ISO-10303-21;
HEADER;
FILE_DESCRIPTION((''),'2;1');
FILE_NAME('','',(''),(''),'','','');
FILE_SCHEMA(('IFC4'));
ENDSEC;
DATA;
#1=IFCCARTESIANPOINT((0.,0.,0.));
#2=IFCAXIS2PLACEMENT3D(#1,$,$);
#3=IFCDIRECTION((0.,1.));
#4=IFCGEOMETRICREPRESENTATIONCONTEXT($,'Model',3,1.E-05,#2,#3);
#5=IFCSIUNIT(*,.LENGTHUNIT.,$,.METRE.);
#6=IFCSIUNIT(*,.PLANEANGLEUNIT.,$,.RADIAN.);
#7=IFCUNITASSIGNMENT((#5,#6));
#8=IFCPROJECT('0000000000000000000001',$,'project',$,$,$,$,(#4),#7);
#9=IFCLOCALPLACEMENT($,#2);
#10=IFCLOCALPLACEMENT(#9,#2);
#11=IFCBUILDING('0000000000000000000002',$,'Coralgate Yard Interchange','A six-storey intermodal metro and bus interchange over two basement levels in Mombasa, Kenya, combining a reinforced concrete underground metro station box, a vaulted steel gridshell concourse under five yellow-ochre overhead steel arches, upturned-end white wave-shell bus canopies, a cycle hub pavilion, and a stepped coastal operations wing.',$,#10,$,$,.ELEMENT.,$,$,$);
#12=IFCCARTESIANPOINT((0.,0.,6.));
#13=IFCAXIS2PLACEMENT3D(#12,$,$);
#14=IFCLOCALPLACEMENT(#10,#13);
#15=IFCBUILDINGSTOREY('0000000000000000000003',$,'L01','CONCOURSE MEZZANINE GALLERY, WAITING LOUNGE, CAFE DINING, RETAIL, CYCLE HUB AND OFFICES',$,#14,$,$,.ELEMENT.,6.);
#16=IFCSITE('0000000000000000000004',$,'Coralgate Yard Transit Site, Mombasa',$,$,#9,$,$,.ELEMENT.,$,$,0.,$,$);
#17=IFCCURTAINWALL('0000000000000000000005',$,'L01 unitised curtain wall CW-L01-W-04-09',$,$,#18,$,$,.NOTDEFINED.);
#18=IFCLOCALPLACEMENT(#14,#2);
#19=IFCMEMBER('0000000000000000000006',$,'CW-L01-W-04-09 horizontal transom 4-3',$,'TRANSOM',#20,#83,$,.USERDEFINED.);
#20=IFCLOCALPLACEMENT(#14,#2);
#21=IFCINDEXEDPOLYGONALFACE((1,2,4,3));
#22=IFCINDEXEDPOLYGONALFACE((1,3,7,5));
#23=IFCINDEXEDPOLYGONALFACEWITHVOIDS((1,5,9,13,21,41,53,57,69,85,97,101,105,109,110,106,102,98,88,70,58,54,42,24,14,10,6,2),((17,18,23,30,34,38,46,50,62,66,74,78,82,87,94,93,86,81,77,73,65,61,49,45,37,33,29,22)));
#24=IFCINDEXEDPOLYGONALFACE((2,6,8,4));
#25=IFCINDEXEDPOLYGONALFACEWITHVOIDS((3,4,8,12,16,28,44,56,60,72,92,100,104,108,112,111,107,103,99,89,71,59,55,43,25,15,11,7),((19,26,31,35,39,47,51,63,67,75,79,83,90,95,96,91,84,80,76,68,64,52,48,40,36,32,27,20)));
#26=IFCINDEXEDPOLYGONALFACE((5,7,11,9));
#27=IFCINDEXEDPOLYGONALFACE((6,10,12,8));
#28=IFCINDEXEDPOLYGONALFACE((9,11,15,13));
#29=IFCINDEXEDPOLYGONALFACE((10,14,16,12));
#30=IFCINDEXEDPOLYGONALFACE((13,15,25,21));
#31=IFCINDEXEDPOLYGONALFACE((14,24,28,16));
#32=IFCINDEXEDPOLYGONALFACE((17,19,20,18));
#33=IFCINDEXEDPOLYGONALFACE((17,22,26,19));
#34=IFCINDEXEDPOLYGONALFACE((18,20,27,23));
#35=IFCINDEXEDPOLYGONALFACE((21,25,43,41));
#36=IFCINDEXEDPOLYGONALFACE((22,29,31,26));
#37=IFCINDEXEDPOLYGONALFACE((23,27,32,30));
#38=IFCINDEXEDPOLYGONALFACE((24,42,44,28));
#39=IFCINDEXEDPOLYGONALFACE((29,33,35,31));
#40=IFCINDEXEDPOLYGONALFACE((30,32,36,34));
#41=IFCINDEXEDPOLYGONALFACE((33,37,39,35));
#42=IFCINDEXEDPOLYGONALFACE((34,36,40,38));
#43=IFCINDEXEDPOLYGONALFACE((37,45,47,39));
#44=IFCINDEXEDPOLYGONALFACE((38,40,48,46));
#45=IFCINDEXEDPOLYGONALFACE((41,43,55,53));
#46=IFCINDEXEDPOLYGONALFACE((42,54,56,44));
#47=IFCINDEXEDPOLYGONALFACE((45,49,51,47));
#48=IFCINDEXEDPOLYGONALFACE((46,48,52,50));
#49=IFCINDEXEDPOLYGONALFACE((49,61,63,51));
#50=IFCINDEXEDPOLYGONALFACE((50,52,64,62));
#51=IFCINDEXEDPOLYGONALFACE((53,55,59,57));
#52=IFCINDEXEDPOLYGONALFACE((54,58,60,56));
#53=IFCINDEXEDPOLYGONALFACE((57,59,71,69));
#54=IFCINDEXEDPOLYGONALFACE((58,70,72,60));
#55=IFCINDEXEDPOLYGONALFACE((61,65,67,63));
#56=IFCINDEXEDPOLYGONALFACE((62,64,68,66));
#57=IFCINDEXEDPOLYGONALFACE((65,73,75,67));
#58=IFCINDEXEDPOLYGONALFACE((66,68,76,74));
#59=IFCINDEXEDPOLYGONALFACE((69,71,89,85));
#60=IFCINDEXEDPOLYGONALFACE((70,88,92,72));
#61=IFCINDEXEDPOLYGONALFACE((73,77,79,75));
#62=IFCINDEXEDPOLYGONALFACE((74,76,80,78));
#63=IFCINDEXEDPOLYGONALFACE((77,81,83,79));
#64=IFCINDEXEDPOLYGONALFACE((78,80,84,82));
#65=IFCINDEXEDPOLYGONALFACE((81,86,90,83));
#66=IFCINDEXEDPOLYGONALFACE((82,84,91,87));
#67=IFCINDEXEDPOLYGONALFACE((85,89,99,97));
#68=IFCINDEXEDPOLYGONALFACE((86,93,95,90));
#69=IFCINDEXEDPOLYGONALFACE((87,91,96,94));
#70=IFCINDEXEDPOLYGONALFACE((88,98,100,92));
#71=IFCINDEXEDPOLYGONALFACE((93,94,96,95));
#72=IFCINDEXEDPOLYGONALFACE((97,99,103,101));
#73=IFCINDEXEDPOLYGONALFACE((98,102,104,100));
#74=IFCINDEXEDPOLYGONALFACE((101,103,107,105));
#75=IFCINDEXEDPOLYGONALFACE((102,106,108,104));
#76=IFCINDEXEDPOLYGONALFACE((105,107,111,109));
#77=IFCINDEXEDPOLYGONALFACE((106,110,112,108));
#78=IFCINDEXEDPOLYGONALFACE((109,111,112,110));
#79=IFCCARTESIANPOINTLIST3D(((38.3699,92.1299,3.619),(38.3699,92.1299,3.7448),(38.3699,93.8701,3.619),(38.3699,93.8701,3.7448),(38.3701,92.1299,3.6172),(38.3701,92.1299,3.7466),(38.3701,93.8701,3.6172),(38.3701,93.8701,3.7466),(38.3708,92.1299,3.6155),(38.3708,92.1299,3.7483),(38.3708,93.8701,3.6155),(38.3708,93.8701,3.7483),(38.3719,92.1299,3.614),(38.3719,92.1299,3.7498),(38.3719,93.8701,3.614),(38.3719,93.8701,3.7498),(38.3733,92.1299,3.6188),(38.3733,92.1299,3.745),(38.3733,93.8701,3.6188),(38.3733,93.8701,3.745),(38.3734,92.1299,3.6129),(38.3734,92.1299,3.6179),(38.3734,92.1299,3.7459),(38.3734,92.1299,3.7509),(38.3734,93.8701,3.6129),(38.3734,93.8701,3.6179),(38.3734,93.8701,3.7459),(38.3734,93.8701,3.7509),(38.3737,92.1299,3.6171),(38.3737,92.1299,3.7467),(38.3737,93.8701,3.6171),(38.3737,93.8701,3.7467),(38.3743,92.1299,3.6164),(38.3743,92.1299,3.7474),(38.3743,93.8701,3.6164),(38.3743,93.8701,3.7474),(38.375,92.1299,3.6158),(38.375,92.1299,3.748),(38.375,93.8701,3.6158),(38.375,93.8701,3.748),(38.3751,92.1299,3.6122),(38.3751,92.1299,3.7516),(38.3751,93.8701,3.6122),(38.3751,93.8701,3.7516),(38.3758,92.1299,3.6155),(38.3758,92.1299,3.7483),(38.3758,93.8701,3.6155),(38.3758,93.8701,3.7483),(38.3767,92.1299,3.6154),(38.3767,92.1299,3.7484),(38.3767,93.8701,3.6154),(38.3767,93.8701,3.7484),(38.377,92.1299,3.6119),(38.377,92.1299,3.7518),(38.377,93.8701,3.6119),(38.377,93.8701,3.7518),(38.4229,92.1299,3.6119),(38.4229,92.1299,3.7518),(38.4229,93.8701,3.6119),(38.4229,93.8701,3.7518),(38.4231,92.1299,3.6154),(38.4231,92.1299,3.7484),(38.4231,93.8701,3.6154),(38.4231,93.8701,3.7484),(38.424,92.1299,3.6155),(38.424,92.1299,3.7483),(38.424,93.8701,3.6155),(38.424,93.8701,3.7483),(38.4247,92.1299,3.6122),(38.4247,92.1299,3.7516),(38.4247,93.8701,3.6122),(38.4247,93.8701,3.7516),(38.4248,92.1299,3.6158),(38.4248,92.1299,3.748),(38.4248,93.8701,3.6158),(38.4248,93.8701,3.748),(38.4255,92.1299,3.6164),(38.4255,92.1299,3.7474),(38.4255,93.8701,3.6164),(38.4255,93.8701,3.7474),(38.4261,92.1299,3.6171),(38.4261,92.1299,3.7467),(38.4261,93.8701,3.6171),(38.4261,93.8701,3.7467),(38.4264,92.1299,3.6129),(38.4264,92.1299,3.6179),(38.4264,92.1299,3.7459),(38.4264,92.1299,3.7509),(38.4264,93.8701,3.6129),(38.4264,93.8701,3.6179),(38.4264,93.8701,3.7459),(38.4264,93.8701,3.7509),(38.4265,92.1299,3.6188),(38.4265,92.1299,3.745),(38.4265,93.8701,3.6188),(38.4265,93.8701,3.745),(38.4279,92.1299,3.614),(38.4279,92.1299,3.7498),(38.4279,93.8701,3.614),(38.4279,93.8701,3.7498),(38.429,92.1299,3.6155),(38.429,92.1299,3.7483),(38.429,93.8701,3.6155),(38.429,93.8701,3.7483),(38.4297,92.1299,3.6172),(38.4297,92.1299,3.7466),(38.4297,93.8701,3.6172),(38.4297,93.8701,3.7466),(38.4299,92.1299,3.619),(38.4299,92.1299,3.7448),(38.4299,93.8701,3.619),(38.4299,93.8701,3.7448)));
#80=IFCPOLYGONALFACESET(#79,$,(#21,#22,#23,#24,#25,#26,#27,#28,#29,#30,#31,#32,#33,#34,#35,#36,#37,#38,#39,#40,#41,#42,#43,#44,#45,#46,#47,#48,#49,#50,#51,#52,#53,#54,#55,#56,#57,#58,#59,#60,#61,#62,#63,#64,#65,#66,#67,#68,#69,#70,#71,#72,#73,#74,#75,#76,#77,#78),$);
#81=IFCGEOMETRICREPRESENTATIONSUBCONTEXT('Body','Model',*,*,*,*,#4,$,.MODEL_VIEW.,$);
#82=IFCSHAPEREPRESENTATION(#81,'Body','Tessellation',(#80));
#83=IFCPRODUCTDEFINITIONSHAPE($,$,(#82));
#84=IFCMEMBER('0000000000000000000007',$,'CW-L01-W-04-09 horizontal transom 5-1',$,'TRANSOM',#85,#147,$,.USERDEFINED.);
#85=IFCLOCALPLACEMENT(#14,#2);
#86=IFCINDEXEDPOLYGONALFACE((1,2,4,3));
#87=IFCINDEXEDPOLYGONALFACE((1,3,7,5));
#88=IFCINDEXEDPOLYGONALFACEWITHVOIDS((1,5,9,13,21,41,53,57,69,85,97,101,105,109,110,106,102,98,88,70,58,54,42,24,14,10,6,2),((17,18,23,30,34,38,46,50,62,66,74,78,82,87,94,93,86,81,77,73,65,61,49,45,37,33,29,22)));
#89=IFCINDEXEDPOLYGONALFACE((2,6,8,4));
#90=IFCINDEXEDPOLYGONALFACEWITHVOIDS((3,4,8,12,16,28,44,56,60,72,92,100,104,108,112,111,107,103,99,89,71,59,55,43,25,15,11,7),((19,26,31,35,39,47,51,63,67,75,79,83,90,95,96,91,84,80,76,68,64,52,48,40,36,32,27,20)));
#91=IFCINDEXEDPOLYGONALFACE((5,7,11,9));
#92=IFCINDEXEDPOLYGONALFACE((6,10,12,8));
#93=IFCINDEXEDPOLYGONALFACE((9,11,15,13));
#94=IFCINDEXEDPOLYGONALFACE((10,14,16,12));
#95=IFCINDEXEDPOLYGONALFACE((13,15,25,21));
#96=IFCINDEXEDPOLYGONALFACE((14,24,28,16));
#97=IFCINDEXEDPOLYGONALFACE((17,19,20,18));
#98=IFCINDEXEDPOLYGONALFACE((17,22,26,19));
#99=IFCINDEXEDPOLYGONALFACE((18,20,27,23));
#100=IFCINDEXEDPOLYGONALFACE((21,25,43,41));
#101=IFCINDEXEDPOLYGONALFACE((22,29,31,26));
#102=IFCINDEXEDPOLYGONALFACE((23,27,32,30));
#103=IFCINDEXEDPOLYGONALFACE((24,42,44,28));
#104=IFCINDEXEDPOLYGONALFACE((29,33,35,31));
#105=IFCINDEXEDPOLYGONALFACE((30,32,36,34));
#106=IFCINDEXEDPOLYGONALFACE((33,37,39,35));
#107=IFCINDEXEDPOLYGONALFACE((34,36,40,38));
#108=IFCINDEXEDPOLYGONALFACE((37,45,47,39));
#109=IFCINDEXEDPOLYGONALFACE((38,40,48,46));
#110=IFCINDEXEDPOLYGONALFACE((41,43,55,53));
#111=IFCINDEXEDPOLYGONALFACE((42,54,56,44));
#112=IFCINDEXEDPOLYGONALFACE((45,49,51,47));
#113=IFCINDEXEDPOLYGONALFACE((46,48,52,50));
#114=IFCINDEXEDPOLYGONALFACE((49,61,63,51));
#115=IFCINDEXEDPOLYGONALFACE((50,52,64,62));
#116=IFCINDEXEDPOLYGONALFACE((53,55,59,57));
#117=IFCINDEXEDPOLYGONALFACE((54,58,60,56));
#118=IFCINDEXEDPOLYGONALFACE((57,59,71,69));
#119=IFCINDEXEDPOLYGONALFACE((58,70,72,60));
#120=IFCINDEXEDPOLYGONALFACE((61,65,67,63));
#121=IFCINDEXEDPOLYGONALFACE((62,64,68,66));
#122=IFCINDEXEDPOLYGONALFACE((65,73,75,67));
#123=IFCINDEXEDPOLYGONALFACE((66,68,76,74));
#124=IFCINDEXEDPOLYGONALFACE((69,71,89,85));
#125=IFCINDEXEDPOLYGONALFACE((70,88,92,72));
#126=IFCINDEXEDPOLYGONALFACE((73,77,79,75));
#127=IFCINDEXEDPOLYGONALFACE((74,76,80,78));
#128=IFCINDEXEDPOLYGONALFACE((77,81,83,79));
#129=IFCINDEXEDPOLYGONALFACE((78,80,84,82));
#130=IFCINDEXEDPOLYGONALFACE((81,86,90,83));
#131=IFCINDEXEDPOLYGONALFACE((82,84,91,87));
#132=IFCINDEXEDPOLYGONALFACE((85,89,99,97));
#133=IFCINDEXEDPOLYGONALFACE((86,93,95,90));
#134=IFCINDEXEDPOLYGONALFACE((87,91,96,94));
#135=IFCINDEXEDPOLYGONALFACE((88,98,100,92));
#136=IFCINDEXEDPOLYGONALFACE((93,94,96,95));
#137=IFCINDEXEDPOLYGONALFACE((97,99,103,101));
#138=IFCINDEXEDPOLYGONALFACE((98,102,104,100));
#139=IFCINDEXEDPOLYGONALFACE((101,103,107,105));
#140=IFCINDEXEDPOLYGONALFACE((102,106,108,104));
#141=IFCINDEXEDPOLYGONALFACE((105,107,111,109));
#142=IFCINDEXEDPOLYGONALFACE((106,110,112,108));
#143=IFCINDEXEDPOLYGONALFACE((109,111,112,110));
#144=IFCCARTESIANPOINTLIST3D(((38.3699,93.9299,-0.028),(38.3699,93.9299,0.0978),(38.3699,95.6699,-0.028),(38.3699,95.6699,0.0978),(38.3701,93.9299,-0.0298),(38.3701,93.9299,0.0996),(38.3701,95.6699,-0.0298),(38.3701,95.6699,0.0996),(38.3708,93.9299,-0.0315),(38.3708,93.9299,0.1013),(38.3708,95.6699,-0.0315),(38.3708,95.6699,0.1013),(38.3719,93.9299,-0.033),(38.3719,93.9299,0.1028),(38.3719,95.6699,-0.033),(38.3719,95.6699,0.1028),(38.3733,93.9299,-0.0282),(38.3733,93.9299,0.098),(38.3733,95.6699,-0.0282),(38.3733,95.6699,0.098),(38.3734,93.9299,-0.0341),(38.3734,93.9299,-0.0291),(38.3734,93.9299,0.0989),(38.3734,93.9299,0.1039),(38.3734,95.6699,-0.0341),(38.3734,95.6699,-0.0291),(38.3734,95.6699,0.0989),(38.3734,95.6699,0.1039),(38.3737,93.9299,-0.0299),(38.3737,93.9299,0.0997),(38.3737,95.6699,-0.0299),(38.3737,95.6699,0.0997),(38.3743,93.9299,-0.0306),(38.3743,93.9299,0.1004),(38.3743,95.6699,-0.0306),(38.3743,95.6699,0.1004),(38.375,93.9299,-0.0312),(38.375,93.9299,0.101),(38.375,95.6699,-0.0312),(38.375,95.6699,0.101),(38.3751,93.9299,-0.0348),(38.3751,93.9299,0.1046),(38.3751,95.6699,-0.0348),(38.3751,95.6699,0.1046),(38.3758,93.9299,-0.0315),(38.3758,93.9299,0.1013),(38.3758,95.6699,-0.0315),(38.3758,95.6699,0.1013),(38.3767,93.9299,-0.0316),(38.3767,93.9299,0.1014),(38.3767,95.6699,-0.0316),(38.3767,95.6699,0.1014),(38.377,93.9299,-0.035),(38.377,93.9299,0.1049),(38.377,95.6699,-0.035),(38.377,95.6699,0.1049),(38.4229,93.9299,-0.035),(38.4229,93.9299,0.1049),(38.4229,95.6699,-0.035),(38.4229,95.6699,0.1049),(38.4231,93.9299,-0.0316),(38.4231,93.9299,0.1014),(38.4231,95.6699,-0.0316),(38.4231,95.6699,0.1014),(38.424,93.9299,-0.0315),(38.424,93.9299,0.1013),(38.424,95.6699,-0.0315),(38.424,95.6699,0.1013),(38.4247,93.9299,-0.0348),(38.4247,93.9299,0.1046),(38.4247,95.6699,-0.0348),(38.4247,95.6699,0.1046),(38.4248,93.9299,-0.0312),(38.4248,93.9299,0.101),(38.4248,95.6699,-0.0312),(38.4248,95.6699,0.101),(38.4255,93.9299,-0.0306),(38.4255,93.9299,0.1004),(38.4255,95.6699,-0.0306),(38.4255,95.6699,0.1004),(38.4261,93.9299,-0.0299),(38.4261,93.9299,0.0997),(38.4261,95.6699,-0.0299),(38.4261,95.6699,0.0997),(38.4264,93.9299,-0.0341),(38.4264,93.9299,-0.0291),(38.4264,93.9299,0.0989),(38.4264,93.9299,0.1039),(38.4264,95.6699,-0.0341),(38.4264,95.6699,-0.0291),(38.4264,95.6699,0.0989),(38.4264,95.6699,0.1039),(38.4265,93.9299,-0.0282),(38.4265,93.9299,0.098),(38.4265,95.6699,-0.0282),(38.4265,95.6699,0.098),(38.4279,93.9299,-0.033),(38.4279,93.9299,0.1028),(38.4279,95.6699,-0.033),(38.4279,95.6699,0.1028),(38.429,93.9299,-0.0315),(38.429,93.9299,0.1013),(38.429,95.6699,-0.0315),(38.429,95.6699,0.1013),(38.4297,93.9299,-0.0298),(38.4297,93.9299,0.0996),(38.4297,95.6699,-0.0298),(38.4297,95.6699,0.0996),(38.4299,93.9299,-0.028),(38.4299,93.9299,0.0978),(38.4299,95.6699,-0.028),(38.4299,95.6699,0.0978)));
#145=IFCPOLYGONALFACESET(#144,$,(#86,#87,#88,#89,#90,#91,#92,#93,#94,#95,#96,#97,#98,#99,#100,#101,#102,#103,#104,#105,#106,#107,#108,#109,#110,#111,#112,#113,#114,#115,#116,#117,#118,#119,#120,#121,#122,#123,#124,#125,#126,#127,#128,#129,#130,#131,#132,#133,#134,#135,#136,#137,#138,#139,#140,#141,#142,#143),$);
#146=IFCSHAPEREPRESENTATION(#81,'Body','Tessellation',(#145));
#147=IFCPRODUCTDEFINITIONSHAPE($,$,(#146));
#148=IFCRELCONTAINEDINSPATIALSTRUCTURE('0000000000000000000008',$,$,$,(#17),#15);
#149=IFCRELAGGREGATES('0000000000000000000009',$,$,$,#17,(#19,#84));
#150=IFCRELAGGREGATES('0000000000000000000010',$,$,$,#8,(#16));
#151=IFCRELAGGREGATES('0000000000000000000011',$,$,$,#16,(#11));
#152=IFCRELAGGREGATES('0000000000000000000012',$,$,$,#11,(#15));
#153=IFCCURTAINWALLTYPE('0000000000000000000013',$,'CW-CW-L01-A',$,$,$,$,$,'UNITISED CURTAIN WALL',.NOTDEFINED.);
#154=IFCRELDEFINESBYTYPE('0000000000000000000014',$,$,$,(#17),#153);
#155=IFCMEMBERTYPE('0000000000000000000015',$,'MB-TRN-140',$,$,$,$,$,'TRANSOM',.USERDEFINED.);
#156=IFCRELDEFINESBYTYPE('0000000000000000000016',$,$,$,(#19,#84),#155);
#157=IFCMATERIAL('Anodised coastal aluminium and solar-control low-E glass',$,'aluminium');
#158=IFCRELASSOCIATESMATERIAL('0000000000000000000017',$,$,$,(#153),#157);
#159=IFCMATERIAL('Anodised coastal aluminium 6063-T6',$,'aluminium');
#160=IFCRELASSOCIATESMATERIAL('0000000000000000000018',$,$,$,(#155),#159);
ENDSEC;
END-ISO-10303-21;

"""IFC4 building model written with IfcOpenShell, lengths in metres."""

from ifc_helpers import new_model, si_unit, direction, frame, origin, origin_2d, place, context, subcontext, project, spatial, hollow_rectangle, extrude, material, material_profile, profile_set, type_object, element, aggregate, save


model = new_model("IFC4")

# Units and contexts
model_context = context("Model", 3, precision=1e-05, world=origin(), true_north=direction((0.0, 1.0)))
body_context = subcontext(model_context, "Body", "Model", "MODEL_VIEW")
ifc_project = project(units=[si_unit("LENGTHUNIT", "METRE"), si_unit("PLANEANGLEUNIT", "RADIAN")], contexts=[model_context])

# Site, building, storey
site_placement = place(None, origin())
site = spatial("IfcSite", under=ifc_project, at=site_placement, Name="Coralgate Yard Transit Site, Mombasa", CompositionType="ELEMENT", RefElevation=0.0)
building_placement = place(site_placement, origin())
building = spatial("IfcBuilding", under=site, at=building_placement, Name="Coralgate Yard Interchange", Description="A six-storey intermodal metro and bus interchange over two basement levels in Mombasa, Kenya, combining a reinforced concrete underground metro station box, a vaulted steel gridshell concourse under five yellow-ochre overhead steel arches, upturned-end white wave-shell bus canopies, a cycle hub pavilion, and a stepped coastal operations wing.", CompositionType="ELEMENT")
storey_placement = place(building_placement, frame((0.0, 0.0, 6.0)))
storey = spatial("IfcBuildingStorey", under=building, at=storey_placement, Name="L01", Description="CONCOURSE MEZZANINE GALLERY, WAITING LOUNGE, CAFE DINING, RETAIL, CYCLE HUB AND OFFICES", CompositionType="ELEMENT", Elevation=6.0)

# Curtain wall, members
ifc_material_1 = material(Name="Anodised coastal aluminium and solar-control low-E glass", Category="aluminium")
curtain_wall_type = type_object("IfcCurtainWallType", Name="CW-CW-L01-A", ElementType="UNITISED CURTAIN WALL", PredefinedType="NOTDEFINED", material=ifc_material_1)
curtain_wall_placement = place(storey_placement, origin())
curtain_wall = element("IfcCurtainWall", 1, at=curtain_wall_placement, inside=storey, type_object=curtain_wall_type, Name="L01 unitised curtain wall CW-L01-W-04-09", PredefinedType="NOTDEFINED")
ifc_material_2 = material(Name="Anodised coastal aluminium 6063-T6", Category="aluminium")
ifc_material_profile_1 = material_profile(ifc_material_2, hollow_rectangle(XDim=0.0601, YDim=0.1399, WallThickness=0.0034, InnerFilletRadius=0.0034, OuterFilletRadius=0.0071, at=origin_2d()), Name="ALU 60x140x3.5")
ifc_profile_set_1 = profile_set([ifc_material_profile_1], Name="Anodised coastal aluminium 6063-T6")
member_type_1 = type_object("IfcMemberType", Name="MB-TRN-140", ElementType="TRANSOM", PredefinedType="USERDEFINED", material=ifc_profile_set_1)
member_1_placement = place(storey_placement, frame((38.3999, 92.1299, 3.6819), z_axis=(0.0, 1.0, 0.0), x_axis=(-1.0, 0.0, 0.0)))
member_1 = element("IfcMember", 2, at=member_1_placement, type_object=member_type_1, Name="CW-L01-W-04-09 horizontal transom 4-3", ObjectType="TRANSOM", PredefinedType="USERDEFINED", context=body_context, shape_type="SweptSolid", body=[
    extrude(hollow_rectangle(XDim=0.0601, YDim=0.1399, WallThickness=0.0034, InnerFilletRadius=0.0034, OuterFilletRadius=0.0071, at=origin_2d()), origin(), (0.0, 0.0, 1.0), 1.7402),
])
member_2_placement = place(storey_placement, frame((38.3999, 93.9299, 0.0349), z_axis=(0.0, 1.0, 0.0), x_axis=(-1.0, 0.0, 0.0)))
member_2 = element("IfcMember", 3, at=member_2_placement, type_object=member_type_1, Name="CW-L01-W-04-09 horizontal transom 5-1", ObjectType="TRANSOM", PredefinedType="USERDEFINED", context=body_context, shape_type="SweptSolid", body=[
    extrude(hollow_rectangle(XDim=0.0601, YDim=0.1399, WallThickness=0.0034, InnerFilletRadius=0.0034, OuterFilletRadius=0.0071, at=origin_2d()), origin(), (0.0, 0.0, 1.0), 1.74),
])
aggregate(curtain_wall, [member_1, member_2])

save(model, "model.ifc")
